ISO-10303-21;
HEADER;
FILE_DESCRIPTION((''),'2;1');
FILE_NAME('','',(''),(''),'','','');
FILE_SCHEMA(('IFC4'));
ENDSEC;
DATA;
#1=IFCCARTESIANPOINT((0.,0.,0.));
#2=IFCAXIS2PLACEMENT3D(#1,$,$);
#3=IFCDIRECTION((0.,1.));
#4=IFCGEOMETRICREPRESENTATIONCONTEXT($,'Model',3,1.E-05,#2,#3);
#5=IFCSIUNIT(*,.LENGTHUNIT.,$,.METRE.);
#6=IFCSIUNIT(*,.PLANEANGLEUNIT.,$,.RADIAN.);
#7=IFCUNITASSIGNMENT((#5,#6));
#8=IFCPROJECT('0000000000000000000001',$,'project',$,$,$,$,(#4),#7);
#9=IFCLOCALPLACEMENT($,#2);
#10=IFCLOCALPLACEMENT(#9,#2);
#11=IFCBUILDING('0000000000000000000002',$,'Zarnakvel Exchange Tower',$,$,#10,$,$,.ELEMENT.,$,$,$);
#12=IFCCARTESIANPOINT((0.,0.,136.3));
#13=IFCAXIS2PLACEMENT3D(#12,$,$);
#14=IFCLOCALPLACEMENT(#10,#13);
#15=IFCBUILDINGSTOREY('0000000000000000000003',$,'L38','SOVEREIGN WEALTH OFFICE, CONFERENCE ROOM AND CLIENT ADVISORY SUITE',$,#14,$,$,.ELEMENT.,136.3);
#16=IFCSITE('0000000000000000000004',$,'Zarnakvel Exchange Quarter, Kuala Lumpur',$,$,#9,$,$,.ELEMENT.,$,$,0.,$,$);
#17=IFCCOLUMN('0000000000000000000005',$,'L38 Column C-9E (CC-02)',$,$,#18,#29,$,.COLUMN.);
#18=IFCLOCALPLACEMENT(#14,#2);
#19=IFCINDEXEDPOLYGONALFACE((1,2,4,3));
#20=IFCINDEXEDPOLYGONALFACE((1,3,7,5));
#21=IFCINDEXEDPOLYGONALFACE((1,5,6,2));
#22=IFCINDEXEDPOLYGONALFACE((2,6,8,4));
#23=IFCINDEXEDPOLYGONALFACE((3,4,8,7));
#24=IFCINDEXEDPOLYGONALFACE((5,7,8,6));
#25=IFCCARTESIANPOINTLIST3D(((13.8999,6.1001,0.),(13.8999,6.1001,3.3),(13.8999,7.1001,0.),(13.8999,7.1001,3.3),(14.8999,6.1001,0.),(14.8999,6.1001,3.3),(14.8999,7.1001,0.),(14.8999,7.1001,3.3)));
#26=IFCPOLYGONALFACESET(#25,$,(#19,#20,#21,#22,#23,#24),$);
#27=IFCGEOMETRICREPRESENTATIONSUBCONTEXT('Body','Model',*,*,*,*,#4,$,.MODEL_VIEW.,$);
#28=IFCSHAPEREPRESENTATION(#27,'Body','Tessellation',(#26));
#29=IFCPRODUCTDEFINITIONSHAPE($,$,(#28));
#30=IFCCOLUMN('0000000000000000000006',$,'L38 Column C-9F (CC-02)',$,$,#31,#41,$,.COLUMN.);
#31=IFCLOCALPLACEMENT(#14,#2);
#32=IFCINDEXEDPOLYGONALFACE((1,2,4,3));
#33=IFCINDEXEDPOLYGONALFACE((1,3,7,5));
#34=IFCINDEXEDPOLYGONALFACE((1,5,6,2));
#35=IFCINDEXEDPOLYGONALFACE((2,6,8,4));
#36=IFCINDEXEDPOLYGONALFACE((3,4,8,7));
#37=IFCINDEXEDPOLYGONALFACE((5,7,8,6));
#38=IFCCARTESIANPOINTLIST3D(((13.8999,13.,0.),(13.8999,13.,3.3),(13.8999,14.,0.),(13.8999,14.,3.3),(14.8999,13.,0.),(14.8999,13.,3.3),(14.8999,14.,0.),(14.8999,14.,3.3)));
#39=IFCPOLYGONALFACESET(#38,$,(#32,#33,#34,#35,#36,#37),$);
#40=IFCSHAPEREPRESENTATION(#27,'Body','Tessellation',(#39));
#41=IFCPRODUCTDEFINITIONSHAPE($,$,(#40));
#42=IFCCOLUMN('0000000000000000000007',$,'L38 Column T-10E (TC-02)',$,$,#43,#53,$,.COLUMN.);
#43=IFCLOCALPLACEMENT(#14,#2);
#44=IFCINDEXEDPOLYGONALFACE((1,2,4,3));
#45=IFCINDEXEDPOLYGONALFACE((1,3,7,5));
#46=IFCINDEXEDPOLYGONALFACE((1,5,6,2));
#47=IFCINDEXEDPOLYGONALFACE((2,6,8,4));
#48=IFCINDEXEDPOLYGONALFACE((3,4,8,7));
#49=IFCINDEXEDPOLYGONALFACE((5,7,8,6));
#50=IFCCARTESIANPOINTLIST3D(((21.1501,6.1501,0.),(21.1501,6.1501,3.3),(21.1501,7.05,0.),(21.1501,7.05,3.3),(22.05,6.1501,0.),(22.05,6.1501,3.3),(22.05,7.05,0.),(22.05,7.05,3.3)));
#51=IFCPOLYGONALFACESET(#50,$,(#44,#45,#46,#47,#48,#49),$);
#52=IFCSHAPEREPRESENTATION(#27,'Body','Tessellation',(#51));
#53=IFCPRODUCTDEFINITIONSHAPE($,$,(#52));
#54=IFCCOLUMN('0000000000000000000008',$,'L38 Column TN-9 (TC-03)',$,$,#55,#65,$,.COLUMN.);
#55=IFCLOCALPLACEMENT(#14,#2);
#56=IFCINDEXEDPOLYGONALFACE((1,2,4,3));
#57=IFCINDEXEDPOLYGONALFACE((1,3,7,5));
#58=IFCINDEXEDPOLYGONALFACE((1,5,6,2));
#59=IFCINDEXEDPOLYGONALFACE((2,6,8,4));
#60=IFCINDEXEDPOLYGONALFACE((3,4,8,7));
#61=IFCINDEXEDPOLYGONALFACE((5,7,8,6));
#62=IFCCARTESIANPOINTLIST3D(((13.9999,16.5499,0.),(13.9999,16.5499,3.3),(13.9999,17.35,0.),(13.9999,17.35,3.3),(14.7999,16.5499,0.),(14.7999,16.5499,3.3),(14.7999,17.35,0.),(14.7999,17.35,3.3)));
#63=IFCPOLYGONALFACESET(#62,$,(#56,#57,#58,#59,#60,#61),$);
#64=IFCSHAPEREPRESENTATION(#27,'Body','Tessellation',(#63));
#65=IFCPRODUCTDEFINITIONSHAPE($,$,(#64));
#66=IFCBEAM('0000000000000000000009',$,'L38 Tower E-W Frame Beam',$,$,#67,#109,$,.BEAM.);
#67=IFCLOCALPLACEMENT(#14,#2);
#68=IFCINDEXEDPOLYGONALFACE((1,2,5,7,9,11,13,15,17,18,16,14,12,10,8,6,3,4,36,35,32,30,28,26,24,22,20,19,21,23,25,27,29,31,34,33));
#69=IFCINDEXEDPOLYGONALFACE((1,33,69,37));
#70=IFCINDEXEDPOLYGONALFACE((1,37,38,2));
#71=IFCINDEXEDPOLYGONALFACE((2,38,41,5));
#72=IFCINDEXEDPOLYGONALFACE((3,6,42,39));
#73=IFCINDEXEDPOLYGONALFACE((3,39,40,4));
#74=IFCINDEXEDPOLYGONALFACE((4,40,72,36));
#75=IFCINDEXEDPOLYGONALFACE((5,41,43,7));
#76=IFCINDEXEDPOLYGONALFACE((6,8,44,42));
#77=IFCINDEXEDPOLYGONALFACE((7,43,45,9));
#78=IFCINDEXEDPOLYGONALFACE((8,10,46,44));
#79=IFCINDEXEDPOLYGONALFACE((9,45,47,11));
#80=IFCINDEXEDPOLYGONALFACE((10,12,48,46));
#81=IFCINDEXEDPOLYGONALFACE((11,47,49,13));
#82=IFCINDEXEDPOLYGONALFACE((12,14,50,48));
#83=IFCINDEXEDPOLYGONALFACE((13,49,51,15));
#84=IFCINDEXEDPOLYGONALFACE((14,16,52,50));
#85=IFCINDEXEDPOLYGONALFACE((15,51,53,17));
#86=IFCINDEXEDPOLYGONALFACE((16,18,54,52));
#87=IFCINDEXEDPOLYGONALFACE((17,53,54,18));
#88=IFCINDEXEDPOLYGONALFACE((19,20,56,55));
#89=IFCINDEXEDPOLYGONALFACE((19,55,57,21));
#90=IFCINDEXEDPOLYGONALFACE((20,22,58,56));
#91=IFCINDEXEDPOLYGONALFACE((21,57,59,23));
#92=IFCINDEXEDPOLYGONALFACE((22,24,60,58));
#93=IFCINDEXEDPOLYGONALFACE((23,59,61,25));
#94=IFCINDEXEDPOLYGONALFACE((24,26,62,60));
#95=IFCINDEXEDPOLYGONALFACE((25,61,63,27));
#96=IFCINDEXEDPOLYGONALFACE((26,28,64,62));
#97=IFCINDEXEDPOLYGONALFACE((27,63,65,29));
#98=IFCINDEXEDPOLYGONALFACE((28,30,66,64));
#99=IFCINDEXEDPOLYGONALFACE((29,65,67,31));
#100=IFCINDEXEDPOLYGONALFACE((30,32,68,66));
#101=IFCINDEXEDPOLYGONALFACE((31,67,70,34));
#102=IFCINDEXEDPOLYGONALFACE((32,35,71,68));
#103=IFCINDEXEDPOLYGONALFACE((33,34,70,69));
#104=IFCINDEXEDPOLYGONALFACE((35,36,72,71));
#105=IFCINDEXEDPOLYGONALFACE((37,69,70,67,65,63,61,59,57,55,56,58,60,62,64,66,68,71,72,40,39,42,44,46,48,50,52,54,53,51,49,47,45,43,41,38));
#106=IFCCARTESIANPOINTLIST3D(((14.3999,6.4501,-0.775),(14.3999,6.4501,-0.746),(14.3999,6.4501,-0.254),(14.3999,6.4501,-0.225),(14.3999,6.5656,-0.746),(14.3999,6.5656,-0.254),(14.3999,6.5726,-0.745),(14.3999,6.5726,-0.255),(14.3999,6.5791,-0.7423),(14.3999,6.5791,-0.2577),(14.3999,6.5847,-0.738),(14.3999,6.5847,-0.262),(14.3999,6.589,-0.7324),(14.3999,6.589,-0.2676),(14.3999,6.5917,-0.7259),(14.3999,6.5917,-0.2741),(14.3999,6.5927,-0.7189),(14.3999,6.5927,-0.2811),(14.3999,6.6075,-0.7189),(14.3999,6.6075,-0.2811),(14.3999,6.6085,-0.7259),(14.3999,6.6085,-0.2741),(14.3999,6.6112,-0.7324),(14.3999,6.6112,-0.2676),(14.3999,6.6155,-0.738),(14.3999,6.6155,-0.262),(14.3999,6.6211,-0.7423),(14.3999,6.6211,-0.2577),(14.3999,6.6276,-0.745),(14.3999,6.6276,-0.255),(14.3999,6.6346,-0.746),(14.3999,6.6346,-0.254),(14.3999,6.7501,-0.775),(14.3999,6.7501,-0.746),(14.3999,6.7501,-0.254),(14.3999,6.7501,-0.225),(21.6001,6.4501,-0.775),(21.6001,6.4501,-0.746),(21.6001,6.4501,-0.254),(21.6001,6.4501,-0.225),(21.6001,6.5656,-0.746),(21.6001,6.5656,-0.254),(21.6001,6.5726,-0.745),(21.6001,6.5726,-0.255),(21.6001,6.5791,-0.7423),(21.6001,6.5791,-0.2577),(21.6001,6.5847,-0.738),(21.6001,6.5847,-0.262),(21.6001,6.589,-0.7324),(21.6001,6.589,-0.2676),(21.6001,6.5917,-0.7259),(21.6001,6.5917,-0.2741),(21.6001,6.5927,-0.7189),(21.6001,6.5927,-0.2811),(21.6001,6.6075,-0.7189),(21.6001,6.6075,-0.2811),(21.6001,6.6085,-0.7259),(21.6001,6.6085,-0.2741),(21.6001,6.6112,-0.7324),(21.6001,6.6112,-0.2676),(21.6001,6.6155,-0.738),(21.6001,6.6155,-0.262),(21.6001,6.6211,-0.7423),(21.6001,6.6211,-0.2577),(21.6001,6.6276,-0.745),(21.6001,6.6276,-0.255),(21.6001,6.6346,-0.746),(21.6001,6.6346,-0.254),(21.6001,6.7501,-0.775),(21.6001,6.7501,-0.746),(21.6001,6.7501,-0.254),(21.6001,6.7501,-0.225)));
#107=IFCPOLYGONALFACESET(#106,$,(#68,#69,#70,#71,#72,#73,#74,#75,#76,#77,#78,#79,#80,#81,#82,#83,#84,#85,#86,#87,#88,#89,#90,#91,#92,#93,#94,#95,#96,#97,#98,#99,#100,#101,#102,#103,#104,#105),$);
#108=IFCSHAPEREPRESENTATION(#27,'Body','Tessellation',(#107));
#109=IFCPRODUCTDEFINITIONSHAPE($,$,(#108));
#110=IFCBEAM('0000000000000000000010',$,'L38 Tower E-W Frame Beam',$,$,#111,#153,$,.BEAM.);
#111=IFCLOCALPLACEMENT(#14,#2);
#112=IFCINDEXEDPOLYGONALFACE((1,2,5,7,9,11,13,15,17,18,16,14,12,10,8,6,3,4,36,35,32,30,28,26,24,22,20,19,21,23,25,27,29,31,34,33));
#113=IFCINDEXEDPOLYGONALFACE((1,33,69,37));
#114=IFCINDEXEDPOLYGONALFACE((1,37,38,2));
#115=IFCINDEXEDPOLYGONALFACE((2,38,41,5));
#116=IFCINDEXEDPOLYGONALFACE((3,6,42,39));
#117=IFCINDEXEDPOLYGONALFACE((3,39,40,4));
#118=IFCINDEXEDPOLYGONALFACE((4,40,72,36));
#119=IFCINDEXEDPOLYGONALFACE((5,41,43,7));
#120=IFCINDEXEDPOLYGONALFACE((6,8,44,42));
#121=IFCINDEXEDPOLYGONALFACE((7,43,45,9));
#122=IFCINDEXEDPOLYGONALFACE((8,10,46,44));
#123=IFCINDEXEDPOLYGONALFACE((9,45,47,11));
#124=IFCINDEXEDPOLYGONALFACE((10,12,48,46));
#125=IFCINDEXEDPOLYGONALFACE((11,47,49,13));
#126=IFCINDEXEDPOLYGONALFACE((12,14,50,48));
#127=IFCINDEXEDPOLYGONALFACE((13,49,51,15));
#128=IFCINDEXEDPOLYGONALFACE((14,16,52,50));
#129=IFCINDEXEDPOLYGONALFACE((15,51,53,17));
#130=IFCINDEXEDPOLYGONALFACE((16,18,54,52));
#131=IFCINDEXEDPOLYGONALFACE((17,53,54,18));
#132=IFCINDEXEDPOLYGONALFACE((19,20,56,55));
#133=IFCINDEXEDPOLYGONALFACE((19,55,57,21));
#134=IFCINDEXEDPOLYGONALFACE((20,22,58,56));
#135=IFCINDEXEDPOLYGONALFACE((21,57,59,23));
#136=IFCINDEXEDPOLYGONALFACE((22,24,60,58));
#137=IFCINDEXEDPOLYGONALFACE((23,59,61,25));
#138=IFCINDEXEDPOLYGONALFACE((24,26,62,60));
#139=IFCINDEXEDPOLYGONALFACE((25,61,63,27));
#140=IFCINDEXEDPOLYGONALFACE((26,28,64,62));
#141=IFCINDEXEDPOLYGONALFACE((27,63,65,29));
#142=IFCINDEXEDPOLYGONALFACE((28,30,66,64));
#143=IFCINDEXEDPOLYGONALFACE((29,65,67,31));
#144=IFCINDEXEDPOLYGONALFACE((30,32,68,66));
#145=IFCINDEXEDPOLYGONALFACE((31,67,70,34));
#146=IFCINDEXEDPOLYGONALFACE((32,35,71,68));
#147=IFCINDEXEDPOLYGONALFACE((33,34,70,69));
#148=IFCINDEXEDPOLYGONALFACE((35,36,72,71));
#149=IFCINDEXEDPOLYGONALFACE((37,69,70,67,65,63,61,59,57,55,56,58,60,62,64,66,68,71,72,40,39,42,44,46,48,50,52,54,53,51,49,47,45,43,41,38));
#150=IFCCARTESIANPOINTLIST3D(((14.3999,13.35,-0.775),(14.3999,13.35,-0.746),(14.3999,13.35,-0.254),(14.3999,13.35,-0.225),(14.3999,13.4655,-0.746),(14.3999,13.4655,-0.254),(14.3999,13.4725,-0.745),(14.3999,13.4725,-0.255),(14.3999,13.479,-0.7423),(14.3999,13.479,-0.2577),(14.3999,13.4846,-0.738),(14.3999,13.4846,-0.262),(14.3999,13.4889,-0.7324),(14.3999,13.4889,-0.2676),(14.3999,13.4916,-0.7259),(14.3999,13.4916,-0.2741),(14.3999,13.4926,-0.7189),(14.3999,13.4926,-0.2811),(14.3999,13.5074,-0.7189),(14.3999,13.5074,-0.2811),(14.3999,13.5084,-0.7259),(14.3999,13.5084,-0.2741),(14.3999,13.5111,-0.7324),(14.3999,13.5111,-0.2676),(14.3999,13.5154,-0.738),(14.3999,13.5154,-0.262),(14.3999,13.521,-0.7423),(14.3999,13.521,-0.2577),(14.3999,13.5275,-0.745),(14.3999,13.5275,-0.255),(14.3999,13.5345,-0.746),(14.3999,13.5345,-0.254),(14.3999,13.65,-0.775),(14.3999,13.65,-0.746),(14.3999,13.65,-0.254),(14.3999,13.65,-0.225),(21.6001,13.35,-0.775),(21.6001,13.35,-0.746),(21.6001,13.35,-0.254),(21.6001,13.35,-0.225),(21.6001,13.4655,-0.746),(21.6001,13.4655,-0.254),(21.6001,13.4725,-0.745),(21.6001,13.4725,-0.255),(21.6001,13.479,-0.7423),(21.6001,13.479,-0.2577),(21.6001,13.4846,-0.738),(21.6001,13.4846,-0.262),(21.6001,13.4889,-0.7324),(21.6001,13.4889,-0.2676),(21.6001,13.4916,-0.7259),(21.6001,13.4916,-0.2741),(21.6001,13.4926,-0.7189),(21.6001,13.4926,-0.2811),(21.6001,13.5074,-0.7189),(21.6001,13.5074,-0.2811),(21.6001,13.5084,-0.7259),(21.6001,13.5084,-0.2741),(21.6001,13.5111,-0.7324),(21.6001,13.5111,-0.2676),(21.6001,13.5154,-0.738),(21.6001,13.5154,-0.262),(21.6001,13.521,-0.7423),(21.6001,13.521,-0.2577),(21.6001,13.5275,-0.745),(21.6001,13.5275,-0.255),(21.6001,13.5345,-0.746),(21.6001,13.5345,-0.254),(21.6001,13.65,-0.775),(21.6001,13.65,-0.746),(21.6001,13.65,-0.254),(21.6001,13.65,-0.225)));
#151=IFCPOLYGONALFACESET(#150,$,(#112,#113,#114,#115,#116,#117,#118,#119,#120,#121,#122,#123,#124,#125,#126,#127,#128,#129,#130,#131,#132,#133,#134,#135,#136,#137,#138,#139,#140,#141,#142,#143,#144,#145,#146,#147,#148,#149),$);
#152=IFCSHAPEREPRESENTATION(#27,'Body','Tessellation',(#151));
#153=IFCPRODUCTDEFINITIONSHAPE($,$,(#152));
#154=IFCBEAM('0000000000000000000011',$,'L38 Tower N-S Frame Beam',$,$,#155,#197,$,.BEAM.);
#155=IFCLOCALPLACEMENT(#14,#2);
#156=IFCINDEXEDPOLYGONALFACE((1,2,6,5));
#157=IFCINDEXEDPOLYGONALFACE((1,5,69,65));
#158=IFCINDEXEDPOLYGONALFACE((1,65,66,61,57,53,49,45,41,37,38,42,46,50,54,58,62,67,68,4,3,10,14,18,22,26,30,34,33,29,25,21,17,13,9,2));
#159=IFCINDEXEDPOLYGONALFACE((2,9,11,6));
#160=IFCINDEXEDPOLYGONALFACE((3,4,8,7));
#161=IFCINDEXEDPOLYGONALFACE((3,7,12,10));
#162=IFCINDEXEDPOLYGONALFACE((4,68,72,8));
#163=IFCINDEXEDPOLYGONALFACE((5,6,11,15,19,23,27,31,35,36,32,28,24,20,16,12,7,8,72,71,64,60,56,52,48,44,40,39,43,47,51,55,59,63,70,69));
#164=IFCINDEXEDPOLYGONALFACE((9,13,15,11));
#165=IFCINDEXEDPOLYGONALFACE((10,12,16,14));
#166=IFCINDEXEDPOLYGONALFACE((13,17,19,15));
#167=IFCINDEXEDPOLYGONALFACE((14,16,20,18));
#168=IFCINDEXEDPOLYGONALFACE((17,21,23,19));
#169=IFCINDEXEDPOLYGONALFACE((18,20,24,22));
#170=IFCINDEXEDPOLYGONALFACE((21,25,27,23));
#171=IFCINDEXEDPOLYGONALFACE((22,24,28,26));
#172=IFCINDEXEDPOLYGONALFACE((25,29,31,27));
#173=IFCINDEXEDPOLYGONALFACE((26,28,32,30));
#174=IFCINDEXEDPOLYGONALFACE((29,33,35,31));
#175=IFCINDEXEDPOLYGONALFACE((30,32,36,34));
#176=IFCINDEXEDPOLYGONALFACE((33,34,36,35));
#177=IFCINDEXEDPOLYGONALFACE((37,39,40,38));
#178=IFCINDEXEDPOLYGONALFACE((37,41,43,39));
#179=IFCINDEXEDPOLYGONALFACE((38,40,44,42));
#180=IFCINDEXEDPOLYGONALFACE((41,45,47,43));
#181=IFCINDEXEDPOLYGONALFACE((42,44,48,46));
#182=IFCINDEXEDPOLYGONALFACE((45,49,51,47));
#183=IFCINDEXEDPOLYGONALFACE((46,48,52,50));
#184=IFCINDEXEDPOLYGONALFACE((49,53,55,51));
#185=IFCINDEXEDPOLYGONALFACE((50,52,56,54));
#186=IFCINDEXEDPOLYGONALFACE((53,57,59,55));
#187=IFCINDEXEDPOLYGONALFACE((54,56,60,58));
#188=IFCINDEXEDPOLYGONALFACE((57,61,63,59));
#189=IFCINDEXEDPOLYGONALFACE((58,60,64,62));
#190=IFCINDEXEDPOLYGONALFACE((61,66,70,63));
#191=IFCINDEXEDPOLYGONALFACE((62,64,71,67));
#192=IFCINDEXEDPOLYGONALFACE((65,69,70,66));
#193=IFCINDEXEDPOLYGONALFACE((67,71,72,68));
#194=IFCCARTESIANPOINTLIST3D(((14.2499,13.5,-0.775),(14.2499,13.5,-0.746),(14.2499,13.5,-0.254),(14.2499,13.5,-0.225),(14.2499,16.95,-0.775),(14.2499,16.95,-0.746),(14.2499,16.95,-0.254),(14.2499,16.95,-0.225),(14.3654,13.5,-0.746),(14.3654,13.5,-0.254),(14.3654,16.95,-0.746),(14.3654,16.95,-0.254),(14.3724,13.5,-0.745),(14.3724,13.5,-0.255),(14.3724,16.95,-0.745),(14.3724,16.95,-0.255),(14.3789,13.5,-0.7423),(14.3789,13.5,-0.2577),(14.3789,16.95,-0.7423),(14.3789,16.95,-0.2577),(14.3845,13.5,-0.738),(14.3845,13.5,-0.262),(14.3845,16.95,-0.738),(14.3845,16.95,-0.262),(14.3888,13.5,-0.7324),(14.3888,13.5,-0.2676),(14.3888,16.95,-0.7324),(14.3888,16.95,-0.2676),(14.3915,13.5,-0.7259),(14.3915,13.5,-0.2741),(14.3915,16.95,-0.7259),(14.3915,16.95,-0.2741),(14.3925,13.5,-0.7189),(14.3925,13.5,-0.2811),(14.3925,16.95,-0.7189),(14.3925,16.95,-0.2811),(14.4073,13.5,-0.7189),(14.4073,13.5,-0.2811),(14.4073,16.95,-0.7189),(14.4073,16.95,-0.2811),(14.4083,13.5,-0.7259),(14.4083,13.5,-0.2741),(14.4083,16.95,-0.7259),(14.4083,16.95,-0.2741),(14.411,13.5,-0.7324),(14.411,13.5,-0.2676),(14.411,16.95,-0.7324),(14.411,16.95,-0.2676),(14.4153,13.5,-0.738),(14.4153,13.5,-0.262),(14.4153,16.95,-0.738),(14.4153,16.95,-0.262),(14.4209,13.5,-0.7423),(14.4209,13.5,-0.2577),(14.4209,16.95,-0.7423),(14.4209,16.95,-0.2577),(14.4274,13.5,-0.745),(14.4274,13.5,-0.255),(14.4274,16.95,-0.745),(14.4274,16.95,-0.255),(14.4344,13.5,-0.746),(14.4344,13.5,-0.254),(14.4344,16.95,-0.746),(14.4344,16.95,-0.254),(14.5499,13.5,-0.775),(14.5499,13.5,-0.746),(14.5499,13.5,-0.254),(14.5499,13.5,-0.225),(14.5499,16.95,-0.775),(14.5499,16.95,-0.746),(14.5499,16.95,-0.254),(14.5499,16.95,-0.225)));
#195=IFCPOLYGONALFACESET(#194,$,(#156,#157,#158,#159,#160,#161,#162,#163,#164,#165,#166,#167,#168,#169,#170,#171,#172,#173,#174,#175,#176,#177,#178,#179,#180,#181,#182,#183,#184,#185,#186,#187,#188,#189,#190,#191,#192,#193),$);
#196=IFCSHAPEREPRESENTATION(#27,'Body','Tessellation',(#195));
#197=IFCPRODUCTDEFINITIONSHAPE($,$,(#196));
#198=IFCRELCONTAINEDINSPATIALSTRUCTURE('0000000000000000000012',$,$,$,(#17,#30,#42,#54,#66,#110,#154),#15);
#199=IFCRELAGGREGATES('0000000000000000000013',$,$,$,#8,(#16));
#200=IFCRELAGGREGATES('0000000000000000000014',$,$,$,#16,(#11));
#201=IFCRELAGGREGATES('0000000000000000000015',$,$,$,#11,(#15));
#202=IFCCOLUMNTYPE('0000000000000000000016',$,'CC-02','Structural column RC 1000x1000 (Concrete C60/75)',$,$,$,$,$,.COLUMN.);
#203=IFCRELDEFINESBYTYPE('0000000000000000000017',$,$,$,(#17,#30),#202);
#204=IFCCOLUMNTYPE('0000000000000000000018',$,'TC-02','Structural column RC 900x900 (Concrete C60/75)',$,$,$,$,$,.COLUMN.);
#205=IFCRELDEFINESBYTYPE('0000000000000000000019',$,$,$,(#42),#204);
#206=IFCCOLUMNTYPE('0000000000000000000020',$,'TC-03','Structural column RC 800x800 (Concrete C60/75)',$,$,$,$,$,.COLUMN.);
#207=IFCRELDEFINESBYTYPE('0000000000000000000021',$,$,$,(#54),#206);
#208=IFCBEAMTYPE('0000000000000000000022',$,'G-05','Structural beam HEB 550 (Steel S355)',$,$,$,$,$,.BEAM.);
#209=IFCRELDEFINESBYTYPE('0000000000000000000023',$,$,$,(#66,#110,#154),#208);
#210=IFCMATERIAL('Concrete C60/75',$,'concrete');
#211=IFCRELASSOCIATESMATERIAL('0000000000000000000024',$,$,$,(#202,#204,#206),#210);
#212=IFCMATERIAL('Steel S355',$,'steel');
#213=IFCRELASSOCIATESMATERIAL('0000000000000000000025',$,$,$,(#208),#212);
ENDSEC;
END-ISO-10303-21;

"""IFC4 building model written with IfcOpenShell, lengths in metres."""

from ifc_helpers import new_model, si_unit, direction, frame, origin, origin_2d, place, context, subcontext, project, spatial, rectangle, i_section, extrude, material, material_profile, profile_set, type_object, element, save


model = new_model("IFC4")

# Units and contexts
model_context = context("Model", 3, precision=1e-05, world=origin(), true_north=direction((0.0, 1.0)))
body_context = subcontext(model_context, "Body", "Model", "MODEL_VIEW")
ifc_project = project(units=[si_unit("LENGTHUNIT", "METRE"), si_unit("PLANEANGLEUNIT", "RADIAN")], contexts=[model_context])

# Site, building, storey
site_placement = place(None, origin())
site = spatial("IfcSite", under=ifc_project, at=site_placement, Name="Zarnakvel Exchange Quarter, Kuala Lumpur", CompositionType="ELEMENT", RefElevation=0.0)
building_placement = place(site_placement, origin())
building = spatial("IfcBuilding", under=site, at=building_placement, Name="Zarnakvel Exchange Tower", CompositionType="ELEMENT")
storey_placement = place(building_placement, frame((0.0, 0.0, 136.3)))
storey = spatial("IfcBuildingStorey", under=building, at=storey_placement, Name="L38", Description="SOVEREIGN WEALTH OFFICE, CONFERENCE ROOM AND CLIENT ADVISORY SUITE", CompositionType="ELEMENT", Elevation=136.3)

# Columns
ifc_material_1 = material(Name="Concrete C60/75", Category="concrete")
ifc_material_profile_1 = material_profile(ifc_material_1, rectangle(XDim=1.0, YDim=1.0, at=origin_2d()))
ifc_profile_set_1 = profile_set([ifc_material_profile_1], Name="Concrete C60/75")
column_type_1 = type_object("IfcColumnType", Name="CC-02", Description="Structural column RC 1000x1000 (Concrete C60/75)", PredefinedType="COLUMN", material=ifc_profile_set_1)
for number, where, z_axis, x_axis, name in (
    (1, (14.3999, 6.6001, 0.0), (0.0, 0.0, 1.0), (1.0, 0.0, 0.0), "L38 Column C-9E (CC-02)"),
    (2, (14.3999, 13.5, 0.0), (0.0, 0.0, 1.0), (1.0, 0.0, 0.0), "L38 Column C-9F (CC-02)"),
):
    element("IfcColumn", number, at=place(storey_placement, frame(where, z_axis=z_axis, x_axis=x_axis)), inside=storey, type_object=column_type_1, Name=name, PredefinedType="COLUMN", context=body_context, shape_type="SweptSolid", body=[
        extrude(rectangle(XDim=1.0, YDim=1.0, at=origin_2d()), origin(), (0.0, 0.0, 1.0), 3.3),
    ])
ifc_material_profile_2 = material_profile(ifc_material_1, rectangle(XDim=0.8999, YDim=0.8999, at=origin_2d()))
ifc_profile_set_2 = profile_set([ifc_material_profile_2], Name="Concrete C60/75")
column_type_2 = type_object("IfcColumnType", Name="TC-02", Description="Structural column RC 900x900 (Concrete C60/75)", PredefinedType="COLUMN", material=ifc_profile_set_2)
column_1_placement = place(storey_placement, frame((21.6001, 6.6001, 0.0), z_axis=(0.0, 0.0, 1.0), x_axis=(1.0, 0.0, 0.0)))
element("IfcColumn", 3, at=column_1_placement, inside=storey, type_object=column_type_2, Name="L38 Column T-10E (TC-02)", PredefinedType="COLUMN", context=body_context, shape_type="SweptSolid", body=[
    extrude(rectangle(XDim=0.8999, YDim=0.8999, at=origin_2d()), origin(), (0.0, 0.0, 1.0), 3.3),
])
ifc_material_profile_3 = material_profile(ifc_material_1, rectangle(XDim=0.8, YDim=0.8, at=origin_2d()))
ifc_profile_set_3 = profile_set([ifc_material_profile_3], Name="Concrete C60/75")
column_type_3 = type_object("IfcColumnType", Name="TC-03", Description="Structural column RC 800x800 (Concrete C60/75)", PredefinedType="COLUMN", material=ifc_profile_set_3)
column_2_placement = place(storey_placement, frame((14.3999, 16.95, 0.0), z_axis=(0.0, 0.0, 1.0), x_axis=(1.0, 0.0, 0.0)))
element("IfcColumn", 4, at=column_2_placement, inside=storey, type_object=column_type_3, Name="L38 Column TN-9 (TC-03)", PredefinedType="COLUMN", context=body_context, shape_type="SweptSolid", body=[
    extrude(rectangle(XDim=0.8, YDim=0.8, at=origin_2d()), origin(), (0.0, 0.0, 1.0), 3.3),
])

# Beams
ifc_material_2 = material(Name="Steel S355", Category="steel")
ifc_material_profile_4 = material_profile(ifc_material_2, i_section(OverallWidth=0.3, OverallDepth=0.55, WebThickness=0.0149, FlangeThickness=0.0291, FilletRadius=0.0271, at=origin_2d()))
ifc_profile_set_4 = profile_set([ifc_material_profile_4], Name="Steel S355")
beam_type_1 = type_object("IfcBeamType", Name="G-05", Description="Structural beam HEB 550 (Steel S355)", PredefinedType="BEAM", material=ifc_profile_set_4)
for number, where, z_axis, x_axis, name in (
    (5, (14.3999, 6.6001, -0.5), (1.0, 0.0, 0.0), (0.0, 1.0, 0.0), "L38 Tower E-W Frame Beam"),
    (6, (14.3999, 13.5, -0.5), (1.0, 0.0, 0.0), (0.0, 1.0, 0.0), "L38 Tower E-W Frame Beam"),
):
    element("IfcBeam", number, at=place(storey_placement, frame(where, z_axis=z_axis, x_axis=x_axis)), inside=storey, type_object=beam_type_1, Name=name, PredefinedType="BEAM", context=body_context, shape_type="SweptSolid", body=[
        extrude(i_section(OverallWidth=0.3, OverallDepth=0.55, WebThickness=0.0149, FlangeThickness=0.0291, FilletRadius=0.0271, at=origin_2d()), origin(), (0.0, 0.0, 1.0), 7.2002),
    ])
beam_1_placement = place(storey_placement, frame((14.3999, 13.5, -0.5), z_axis=(0.0, 1.0, 0.0), x_axis=(-1.0, 0.0, 0.0)))
element("IfcBeam", 7, at=beam_1_placement, inside=storey, type_object=beam_type_1, Name="L38 Tower N-S Frame Beam", PredefinedType="BEAM", context=body_context, shape_type="SweptSolid", body=[
    extrude(i_section(OverallWidth=0.3, OverallDepth=0.55, WebThickness=0.0149, FlangeThickness=0.0291, FilletRadius=0.0271, at=origin_2d()), origin(), (0.0, 0.0, 1.0), 3.45),
])

save(model, "model.ifc")
